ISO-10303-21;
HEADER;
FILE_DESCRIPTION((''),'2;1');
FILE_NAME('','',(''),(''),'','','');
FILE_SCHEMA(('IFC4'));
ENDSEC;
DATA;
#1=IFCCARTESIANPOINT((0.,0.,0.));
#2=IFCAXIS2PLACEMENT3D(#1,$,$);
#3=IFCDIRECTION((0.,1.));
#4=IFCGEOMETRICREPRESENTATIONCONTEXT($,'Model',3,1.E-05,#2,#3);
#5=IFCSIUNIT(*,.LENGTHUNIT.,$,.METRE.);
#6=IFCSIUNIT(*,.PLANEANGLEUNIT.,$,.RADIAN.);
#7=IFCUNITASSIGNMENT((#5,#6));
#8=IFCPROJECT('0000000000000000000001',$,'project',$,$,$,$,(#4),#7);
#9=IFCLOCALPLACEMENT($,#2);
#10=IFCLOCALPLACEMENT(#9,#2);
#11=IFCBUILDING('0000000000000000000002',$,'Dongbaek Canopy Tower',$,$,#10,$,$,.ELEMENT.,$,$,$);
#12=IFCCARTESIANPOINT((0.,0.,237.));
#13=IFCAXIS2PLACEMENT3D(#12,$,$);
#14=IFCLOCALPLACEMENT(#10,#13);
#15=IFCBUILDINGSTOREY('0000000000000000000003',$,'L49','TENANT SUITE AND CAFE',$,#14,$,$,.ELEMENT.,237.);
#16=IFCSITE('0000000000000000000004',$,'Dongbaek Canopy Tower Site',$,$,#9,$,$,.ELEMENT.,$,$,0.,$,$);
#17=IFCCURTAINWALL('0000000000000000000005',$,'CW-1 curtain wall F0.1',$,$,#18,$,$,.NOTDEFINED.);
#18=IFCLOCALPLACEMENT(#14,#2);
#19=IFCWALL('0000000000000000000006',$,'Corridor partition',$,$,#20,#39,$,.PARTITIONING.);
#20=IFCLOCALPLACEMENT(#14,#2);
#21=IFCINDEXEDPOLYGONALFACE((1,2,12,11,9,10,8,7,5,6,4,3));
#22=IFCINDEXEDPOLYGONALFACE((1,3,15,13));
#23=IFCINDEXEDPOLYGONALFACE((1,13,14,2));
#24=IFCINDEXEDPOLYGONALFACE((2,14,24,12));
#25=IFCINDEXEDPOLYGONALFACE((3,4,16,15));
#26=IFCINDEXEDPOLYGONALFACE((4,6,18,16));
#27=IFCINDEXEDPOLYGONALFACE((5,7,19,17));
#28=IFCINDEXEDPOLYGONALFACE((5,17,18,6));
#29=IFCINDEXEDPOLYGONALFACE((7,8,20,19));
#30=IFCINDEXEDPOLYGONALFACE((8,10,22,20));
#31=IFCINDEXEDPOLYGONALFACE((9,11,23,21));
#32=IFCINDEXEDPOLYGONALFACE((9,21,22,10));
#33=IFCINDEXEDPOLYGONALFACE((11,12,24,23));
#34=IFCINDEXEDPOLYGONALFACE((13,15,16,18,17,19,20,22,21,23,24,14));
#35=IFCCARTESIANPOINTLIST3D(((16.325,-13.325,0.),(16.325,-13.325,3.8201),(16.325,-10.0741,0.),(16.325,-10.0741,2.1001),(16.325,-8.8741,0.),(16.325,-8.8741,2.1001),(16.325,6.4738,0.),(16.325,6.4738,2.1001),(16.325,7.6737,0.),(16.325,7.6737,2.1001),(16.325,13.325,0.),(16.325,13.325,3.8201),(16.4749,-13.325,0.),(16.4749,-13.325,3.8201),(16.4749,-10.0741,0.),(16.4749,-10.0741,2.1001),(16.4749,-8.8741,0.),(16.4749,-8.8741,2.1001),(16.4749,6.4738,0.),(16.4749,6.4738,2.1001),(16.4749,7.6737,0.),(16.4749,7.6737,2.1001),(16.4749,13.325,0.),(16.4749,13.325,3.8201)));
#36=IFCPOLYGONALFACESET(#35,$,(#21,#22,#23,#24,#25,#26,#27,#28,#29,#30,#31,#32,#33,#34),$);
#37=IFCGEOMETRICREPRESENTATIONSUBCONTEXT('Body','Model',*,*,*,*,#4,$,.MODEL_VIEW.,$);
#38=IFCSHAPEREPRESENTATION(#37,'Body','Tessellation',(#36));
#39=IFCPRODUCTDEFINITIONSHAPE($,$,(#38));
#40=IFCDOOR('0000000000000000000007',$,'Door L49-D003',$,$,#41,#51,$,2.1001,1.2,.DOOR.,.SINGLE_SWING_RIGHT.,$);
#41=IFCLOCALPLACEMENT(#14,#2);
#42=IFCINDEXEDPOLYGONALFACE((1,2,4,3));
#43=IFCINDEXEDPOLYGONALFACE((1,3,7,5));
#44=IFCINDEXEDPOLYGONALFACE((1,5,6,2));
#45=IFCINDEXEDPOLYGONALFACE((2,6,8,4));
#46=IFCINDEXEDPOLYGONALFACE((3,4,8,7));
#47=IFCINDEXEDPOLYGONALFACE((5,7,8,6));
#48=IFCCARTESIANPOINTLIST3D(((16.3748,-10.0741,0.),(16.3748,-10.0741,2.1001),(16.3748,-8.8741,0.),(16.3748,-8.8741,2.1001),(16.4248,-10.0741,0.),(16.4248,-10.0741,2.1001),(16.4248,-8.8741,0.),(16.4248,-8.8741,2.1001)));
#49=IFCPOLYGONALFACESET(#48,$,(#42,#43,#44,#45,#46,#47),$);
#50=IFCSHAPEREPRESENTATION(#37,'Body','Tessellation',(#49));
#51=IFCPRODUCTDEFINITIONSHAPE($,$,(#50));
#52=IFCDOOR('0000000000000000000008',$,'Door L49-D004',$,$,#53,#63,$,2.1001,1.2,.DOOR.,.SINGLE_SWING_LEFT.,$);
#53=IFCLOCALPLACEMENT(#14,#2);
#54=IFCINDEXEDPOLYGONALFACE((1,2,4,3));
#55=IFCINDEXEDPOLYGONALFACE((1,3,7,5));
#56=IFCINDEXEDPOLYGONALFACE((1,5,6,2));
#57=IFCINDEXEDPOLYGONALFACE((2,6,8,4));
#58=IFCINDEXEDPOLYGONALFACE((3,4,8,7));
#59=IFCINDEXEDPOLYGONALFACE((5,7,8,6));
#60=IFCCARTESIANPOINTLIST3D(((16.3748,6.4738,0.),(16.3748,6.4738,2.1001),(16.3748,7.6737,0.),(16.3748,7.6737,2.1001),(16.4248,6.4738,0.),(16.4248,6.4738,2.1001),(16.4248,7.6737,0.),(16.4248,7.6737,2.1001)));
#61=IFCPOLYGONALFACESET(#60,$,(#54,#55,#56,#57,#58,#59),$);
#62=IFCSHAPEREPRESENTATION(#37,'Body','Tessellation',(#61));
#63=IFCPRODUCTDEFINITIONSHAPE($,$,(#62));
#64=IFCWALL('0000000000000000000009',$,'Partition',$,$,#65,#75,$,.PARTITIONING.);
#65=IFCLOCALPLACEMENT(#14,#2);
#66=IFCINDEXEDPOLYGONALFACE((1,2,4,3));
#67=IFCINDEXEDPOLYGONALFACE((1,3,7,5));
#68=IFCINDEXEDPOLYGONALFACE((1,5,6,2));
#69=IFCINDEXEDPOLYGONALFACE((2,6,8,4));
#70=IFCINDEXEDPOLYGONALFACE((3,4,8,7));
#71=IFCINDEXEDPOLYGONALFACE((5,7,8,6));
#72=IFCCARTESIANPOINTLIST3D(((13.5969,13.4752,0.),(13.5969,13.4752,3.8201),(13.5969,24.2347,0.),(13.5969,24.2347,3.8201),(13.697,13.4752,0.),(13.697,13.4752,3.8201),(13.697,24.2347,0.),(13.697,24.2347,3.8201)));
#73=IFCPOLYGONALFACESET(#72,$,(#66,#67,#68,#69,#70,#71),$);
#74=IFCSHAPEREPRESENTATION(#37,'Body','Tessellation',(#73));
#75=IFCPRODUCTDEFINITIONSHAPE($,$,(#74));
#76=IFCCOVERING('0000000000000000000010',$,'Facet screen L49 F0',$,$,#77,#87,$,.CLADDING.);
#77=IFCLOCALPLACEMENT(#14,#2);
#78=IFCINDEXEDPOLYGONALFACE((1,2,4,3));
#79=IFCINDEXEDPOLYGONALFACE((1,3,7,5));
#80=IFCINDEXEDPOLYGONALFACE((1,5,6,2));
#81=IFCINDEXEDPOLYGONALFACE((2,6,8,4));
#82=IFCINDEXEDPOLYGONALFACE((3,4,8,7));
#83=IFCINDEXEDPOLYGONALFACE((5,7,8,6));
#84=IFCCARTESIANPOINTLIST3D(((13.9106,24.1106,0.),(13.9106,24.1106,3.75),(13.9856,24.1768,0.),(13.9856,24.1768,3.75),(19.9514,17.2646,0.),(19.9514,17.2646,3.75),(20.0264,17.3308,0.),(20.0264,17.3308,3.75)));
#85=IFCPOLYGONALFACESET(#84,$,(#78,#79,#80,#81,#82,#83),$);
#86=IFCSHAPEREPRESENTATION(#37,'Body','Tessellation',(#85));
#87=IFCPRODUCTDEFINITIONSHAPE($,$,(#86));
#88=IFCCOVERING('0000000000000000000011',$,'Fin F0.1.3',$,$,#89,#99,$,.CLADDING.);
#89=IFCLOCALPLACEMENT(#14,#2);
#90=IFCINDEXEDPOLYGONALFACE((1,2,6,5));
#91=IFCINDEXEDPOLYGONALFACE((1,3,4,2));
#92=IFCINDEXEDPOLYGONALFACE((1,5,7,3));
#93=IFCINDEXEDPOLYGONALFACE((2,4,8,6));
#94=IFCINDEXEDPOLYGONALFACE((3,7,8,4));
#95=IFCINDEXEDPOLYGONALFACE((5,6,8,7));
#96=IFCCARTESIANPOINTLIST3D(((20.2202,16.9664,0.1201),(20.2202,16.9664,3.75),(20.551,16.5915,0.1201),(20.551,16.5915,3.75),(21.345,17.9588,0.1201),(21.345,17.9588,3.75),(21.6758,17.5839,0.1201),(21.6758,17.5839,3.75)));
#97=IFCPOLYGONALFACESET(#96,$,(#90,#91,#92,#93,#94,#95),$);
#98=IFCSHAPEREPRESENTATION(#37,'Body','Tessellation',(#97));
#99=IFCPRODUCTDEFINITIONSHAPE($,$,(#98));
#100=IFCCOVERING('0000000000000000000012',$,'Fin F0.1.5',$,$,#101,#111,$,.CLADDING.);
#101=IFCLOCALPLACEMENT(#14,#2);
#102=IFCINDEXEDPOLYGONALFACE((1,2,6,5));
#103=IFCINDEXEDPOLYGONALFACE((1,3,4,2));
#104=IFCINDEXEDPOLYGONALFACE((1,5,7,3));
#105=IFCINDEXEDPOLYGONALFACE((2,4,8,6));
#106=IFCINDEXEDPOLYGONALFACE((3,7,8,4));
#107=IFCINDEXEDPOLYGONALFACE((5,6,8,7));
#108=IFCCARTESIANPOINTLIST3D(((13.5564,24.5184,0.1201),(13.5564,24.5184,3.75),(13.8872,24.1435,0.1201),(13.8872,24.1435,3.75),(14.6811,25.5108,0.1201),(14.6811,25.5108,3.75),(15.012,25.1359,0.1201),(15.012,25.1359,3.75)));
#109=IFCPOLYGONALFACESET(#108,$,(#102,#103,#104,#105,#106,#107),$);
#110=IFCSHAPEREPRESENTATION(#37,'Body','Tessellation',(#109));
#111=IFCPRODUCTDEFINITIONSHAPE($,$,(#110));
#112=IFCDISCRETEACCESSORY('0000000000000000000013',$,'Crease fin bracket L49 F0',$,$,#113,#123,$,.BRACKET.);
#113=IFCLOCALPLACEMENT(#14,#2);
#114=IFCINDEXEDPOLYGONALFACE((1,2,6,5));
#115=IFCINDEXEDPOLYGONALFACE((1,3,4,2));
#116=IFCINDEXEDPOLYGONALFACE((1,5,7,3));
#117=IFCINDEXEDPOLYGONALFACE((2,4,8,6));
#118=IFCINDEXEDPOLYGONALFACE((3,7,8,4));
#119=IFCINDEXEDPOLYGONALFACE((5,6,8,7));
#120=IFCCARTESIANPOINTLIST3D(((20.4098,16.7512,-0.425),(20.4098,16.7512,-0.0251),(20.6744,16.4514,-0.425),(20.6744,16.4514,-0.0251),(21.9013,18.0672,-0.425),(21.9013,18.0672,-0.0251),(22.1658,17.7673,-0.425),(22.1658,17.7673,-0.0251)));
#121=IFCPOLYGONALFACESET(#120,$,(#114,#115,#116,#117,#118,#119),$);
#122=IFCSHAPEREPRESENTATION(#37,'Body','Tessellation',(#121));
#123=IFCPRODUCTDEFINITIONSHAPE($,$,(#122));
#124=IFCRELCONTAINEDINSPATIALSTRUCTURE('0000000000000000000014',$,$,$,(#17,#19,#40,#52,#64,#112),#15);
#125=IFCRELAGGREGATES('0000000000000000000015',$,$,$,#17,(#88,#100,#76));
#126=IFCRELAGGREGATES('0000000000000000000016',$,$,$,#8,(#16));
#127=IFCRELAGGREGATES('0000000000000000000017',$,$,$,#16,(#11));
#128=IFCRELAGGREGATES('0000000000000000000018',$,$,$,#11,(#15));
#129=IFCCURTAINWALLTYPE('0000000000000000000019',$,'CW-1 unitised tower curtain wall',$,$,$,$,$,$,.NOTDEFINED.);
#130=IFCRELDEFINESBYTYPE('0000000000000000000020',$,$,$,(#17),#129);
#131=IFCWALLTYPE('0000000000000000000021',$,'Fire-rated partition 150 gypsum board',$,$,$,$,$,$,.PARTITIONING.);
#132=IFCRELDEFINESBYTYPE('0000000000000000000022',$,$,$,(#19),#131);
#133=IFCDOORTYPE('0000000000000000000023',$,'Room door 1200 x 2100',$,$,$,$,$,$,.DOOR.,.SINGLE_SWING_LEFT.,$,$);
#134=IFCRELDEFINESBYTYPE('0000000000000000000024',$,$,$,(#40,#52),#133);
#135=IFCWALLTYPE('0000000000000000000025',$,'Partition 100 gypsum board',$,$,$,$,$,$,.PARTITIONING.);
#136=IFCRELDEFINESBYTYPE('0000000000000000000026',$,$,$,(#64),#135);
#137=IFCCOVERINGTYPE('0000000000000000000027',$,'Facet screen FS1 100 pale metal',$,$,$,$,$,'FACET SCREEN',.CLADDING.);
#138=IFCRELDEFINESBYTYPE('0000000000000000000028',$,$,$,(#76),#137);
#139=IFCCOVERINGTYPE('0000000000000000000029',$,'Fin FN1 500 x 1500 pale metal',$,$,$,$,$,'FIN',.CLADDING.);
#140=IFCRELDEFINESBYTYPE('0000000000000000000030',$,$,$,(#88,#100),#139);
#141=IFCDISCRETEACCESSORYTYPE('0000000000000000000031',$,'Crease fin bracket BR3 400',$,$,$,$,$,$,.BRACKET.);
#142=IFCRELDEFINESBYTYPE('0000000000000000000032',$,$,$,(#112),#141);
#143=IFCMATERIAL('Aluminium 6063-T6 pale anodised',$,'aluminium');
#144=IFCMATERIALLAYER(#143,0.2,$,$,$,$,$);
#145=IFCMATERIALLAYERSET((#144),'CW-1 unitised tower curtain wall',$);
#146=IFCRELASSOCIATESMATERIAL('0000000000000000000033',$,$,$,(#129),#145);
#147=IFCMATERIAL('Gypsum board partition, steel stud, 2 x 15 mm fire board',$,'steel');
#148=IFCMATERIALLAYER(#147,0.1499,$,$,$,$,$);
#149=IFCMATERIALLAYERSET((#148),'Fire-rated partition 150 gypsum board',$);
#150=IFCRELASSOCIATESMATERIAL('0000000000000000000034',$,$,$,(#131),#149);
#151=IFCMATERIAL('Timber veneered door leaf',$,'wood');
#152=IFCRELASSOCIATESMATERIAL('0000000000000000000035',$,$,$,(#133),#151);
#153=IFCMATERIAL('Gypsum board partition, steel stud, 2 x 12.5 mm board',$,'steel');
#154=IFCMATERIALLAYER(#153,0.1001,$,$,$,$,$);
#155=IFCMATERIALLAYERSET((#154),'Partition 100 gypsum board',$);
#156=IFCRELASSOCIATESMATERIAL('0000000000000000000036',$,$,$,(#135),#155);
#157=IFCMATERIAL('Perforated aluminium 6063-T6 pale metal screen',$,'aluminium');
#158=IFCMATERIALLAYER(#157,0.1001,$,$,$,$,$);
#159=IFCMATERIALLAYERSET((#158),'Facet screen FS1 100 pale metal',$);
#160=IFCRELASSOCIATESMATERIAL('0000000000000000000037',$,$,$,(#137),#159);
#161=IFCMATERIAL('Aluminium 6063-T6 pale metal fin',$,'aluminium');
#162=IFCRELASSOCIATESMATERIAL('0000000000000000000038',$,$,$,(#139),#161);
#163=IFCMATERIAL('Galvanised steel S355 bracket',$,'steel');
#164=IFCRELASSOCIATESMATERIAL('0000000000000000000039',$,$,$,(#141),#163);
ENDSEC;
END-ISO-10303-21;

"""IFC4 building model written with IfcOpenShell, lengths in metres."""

from ifc_helpers import new_model, si_unit, direction, frame, frame_2d, origin, origin_2d, place, context, subcontext, project, spatial, rectangle, extrude, material, layer, layer_set, material_profile, profile_set, type_object, element, fill, aggregate, save


model = new_model("IFC4")

# Units and contexts
model_context = context("Model", 3, precision=1e-05, world=origin(), true_north=direction((0.0, 1.0)))
body_context = subcontext(model_context, "Body", "Model", "MODEL_VIEW")
ifc_project = project(units=[si_unit("LENGTHUNIT", "METRE"), si_unit("PLANEANGLEUNIT", "RADIAN")], contexts=[model_context])

# Site, building, storey
site_placement = place(None, origin())
site = spatial("IfcSite", under=ifc_project, at=site_placement, Name="Dongbaek Canopy Tower Site", CompositionType="ELEMENT", RefElevation=0.0)
building_placement = place(site_placement, origin())
building = spatial("IfcBuilding", under=site, at=building_placement, Name="Dongbaek Canopy Tower", CompositionType="ELEMENT")
storey_placement = place(building_placement, frame((0.0, 0.0, 237.0)))
storey = spatial("IfcBuildingStorey", under=building, at=storey_placement, Name="L49", Description="TENANT SUITE AND CAFE", CompositionType="ELEMENT", Elevation=237.0)

# Curtain wall
ifc_material_1 = material(Name="Aluminium 6063-T6 pale anodised", Category="aluminium")
ifc_layer_1 = layer(ifc_material_1, 0.2)
ifc_layer_set_1 = layer_set([ifc_layer_1], Name="CW-1 unitised tower curtain wall")
curtain_wall_type = type_object("IfcCurtainWallType", Name="CW-1 unitised tower curtain wall", PredefinedType="NOTDEFINED", material=ifc_layer_set_1)
curtain_wall_1_placement = place(storey_placement, origin())
curtain_wall_1 = element("IfcCurtainWall", 1, at=curtain_wall_1_placement, inside=storey, type_object=curtain_wall_type, Name="CW-1 curtain wall F0.1", PredefinedType="NOTDEFINED")

# Wall, openings, doors
ifc_material_2 = material(Name="Gypsum board partition, steel stud, 2 x 15 mm fire board", Category="steel")
ifc_layer_2 = layer(ifc_material_2, 0.1499)
ifc_layer_set_2 = layer_set([ifc_layer_2], Name="Fire-rated partition 150 gypsum board")
wall_type_1 = type_object("IfcWallType", Name="Fire-rated partition 150 gypsum board", PredefinedType="PARTITIONING", material=ifc_layer_set_2)
wall_1_placement = place(storey_placement, frame((16.3999, 13.325, 0.0), z_axis=(0.0, 0.0, 1.0), x_axis=(0.0, -1.0, 0.0)))
wall_1 = element("IfcWall", 2, at=wall_1_placement, inside=storey, type_object=wall_type_1, Name="Corridor partition", PredefinedType="PARTITIONING", context=body_context, shape_type="SweptSolid", body=[
    extrude(rectangle(XDim=26.6499, YDim=0.1499, at=frame_2d((13.325, 0.0))), origin(), (0.0, 0.0, 1.0), 3.8201),
])
opening_1_placement = place(wall_1_placement, frame((22.199, 0.0, 0.0)))
opening_1 = element("IfcOpeningElement", 3, at=opening_1_placement, cuts=wall_1, PredefinedType="OPENING", context=body_context, shape_type="SweptSolid", body=[
    extrude(rectangle(XDim=1.2, YDim=2.1001, at=frame_2d((0.6001, 1.05))), frame((0.0, 0.085, 0.0), z_axis=(0.0, -1.0, 0.0), x_axis=(1.0, 0.0, 0.0)), (0.0, 0.0, 1.0), 0.1699),
])
opening_2_placement = place(wall_1_placement, frame((5.6511, 0.0, 0.0)))
opening_2 = element("IfcOpeningElement", 4, at=opening_2_placement, cuts=wall_1, PredefinedType="OPENING", context=body_context, shape_type="SweptSolid", body=[
    extrude(rectangle(XDim=1.2, YDim=2.1001, at=frame_2d((0.6001, 1.05))), frame((0.0, 0.085, 0.0), z_axis=(0.0, -1.0, 0.0), x_axis=(1.0, 0.0, 0.0)), (0.0, 0.0, 1.0), 0.1699),
])
ifc_material_3 = material(Name="Timber veneered door leaf", Category="wood")
door_type = type_object("IfcDoorType", Name="Room door 1200 x 2100", OperationType="SINGLE_SWING_LEFT", PredefinedType="DOOR", material=ifc_material_3)
door_1_placement = place(opening_1_placement, origin())
door_1 = element("IfcDoor", 5, at=door_1_placement, inside=storey, type_object=door_type, Name="Door L49-D003", OperationType="SINGLE_SWING_RIGHT", OverallHeight=2.1001, OverallWidth=1.2, PredefinedType="DOOR", context=body_context, shape_type="SweptSolid", body=[
    extrude(rectangle(XDim=1.2, YDim=2.1001, at=frame_2d((0.6001, 1.05))), frame((0.0, 0.0249, 0.0), z_axis=(0.0, -1.0, 0.0), x_axis=(1.0, 0.0, 0.0)), (0.0, 0.0, 1.0), 0.05),
])
fill(opening_1, door_1)
door_2_placement = place(opening_2_placement, origin())
door_2 = element("IfcDoor", 6, at=door_2_placement, inside=storey, type_object=door_type, Name="Door L49-D004", OperationType="SINGLE_SWING_LEFT", OverallHeight=2.1001, OverallWidth=1.2, PredefinedType="DOOR", context=body_context, shape_type="SweptSolid", body=[
    extrude(rectangle(XDim=1.2, YDim=2.1001, at=frame_2d((0.6001, 1.05))), frame((0.0, 0.0249, 0.0), z_axis=(0.0, -1.0, 0.0), x_axis=(1.0, 0.0, 0.0)), (0.0, 0.0, 1.0), 0.05),
])
fill(opening_2, door_2)

# Wall
ifc_material_4 = material(Name="Gypsum board partition, steel stud, 2 x 12.5 mm board", Category="steel")
ifc_layer_3 = layer(ifc_material_4, 0.1001)
ifc_layer_set_3 = layer_set([ifc_layer_3], Name="Partition 100 gypsum board")
wall_type_2 = type_object("IfcWallType", Name="Partition 100 gypsum board", PredefinedType="PARTITIONING", material=ifc_layer_set_3)
wall_2_placement = place(storey_placement, frame((13.647, 13.4751, 0.0), z_axis=(0.0, 0.0, 1.0), x_axis=(0.0, 1.0, 0.0)))
element("IfcWall", 7, at=wall_2_placement, inside=storey, type_object=wall_type_2, Name="Partition", PredefinedType="PARTITIONING", context=body_context, shape_type="SweptSolid", body=[
    extrude(rectangle(XDim=10.7595, YDim=0.1001, at=frame_2d((5.3799, 0.0))), origin(), (0.0, 0.0, 1.0), 3.8201),
])

# Coverings
ifc_material_5 = material(Name="Perforated aluminium 6063-T6 pale metal screen", Category="aluminium")
ifc_layer_4 = layer(ifc_material_5, 0.1001)
ifc_layer_set_4 = layer_set([ifc_layer_4], Name="Facet screen FS1 100 pale metal")
covering_type_1 = type_object("IfcCoveringType", Name="Facet screen FS1 100 pale metal", ElementType="FACET SCREEN", PredefinedType="CLADDING", material=ifc_layer_set_4)
covering_1_placement = place(storey_placement, frame((16.9685, 20.7207, 0.0), z_axis=(0.0, 0.0, 1.0), x_axis=(-0.661631, 0.749829, 0.0)))
covering_1 = element("IfcCovering", 8, at=covering_1_placement, type_object=covering_type_1, Name="Facet screen L49 F0", PredefinedType="CLADDING", context=body_context, shape_type="SweptSolid", body=[
    extrude(rectangle(XDim=9.1301, YDim=0.1001, at=origin_2d()), origin(), (0.0, 0.0, 1.0), 3.75),
])
ifc_material_6 = material(Name="Aluminium 6063-T6 pale metal fin", Category="aluminium")
ifc_material_profile_1 = material_profile(ifc_material_6, rectangle(XDim=1.5, YDim=0.5, at=origin_2d()), Name="Fin FN1 500 x 1500 pale metal")
ifc_profile_set_1 = profile_set([ifc_material_profile_1], Name="Aluminium 6063-T6 pale metal fin")
covering_type_2 = type_object("IfcCoveringType", Name="Fin FN1 500 x 1500 pale metal", ElementType="FIN", PredefinedType="CLADDING", material=ifc_profile_set_1)
covering_2_placement = place(storey_placement, frame((20.948, 17.2751, 0.1201), z_axis=(0.0, 0.0, 1.0), x_axis=(0.749829, 0.661631, 0.0)))
covering_2 = element("IfcCovering", 9, at=covering_2_placement, type_object=covering_type_2, Name="Fin F0.1.3", PredefinedType="CLADDING", context=body_context, shape_type="SweptSolid", body=[
    extrude(rectangle(XDim=1.5, YDim=0.5, at=origin_2d()), origin(), (0.0, 0.0, 1.0), 3.6299),
])
covering_3_placement = place(storey_placement, frame((14.2842, 24.8271, 0.1201), z_axis=(0.0, 0.0, 1.0), x_axis=(0.749829, 0.661631, 0.0)))
covering_3 = element("IfcCovering", 10, at=covering_3_placement, type_object=covering_type_2, Name="Fin F0.1.5", PredefinedType="CLADDING", context=body_context, shape_type="SweptSolid", body=[
    extrude(rectangle(XDim=1.5, YDim=0.5, at=origin_2d()), origin(), (0.0, 0.0, 1.0), 3.6299),
])
aggregate(curtain_wall_1, [covering_2, covering_3, covering_1])

# Discrete accessory
ifc_material_7 = material(Name="Galvanised steel S355 bracket", Category="steel")
discrete_accessory_type = type_object("IfcDiscreteAccessoryType", Name="Crease fin bracket BR3 400", PredefinedType="BRACKET", material=ifc_material_7)
discrete_accessory_placement = place(storey_placement, frame((21.2878, 17.2593, -0.425), z_axis=(0.0, 0.0, 1.0), x_axis=(0.749829, 0.661631, 0.0)))
element("IfcDiscreteAccessory", 11, at=discrete_accessory_placement, inside=storey, type_object=discrete_accessory_type, Name="Crease fin bracket L49 F0", PredefinedType="BRACKET", context=body_context, shape_type="SweptSolid", body=[
    extrude(rectangle(XDim=1.989, YDim=0.3999, at=origin_2d()), origin(), (0.0, 0.0, 1.0), 0.3999),
])

save(model, "model.ifc")
